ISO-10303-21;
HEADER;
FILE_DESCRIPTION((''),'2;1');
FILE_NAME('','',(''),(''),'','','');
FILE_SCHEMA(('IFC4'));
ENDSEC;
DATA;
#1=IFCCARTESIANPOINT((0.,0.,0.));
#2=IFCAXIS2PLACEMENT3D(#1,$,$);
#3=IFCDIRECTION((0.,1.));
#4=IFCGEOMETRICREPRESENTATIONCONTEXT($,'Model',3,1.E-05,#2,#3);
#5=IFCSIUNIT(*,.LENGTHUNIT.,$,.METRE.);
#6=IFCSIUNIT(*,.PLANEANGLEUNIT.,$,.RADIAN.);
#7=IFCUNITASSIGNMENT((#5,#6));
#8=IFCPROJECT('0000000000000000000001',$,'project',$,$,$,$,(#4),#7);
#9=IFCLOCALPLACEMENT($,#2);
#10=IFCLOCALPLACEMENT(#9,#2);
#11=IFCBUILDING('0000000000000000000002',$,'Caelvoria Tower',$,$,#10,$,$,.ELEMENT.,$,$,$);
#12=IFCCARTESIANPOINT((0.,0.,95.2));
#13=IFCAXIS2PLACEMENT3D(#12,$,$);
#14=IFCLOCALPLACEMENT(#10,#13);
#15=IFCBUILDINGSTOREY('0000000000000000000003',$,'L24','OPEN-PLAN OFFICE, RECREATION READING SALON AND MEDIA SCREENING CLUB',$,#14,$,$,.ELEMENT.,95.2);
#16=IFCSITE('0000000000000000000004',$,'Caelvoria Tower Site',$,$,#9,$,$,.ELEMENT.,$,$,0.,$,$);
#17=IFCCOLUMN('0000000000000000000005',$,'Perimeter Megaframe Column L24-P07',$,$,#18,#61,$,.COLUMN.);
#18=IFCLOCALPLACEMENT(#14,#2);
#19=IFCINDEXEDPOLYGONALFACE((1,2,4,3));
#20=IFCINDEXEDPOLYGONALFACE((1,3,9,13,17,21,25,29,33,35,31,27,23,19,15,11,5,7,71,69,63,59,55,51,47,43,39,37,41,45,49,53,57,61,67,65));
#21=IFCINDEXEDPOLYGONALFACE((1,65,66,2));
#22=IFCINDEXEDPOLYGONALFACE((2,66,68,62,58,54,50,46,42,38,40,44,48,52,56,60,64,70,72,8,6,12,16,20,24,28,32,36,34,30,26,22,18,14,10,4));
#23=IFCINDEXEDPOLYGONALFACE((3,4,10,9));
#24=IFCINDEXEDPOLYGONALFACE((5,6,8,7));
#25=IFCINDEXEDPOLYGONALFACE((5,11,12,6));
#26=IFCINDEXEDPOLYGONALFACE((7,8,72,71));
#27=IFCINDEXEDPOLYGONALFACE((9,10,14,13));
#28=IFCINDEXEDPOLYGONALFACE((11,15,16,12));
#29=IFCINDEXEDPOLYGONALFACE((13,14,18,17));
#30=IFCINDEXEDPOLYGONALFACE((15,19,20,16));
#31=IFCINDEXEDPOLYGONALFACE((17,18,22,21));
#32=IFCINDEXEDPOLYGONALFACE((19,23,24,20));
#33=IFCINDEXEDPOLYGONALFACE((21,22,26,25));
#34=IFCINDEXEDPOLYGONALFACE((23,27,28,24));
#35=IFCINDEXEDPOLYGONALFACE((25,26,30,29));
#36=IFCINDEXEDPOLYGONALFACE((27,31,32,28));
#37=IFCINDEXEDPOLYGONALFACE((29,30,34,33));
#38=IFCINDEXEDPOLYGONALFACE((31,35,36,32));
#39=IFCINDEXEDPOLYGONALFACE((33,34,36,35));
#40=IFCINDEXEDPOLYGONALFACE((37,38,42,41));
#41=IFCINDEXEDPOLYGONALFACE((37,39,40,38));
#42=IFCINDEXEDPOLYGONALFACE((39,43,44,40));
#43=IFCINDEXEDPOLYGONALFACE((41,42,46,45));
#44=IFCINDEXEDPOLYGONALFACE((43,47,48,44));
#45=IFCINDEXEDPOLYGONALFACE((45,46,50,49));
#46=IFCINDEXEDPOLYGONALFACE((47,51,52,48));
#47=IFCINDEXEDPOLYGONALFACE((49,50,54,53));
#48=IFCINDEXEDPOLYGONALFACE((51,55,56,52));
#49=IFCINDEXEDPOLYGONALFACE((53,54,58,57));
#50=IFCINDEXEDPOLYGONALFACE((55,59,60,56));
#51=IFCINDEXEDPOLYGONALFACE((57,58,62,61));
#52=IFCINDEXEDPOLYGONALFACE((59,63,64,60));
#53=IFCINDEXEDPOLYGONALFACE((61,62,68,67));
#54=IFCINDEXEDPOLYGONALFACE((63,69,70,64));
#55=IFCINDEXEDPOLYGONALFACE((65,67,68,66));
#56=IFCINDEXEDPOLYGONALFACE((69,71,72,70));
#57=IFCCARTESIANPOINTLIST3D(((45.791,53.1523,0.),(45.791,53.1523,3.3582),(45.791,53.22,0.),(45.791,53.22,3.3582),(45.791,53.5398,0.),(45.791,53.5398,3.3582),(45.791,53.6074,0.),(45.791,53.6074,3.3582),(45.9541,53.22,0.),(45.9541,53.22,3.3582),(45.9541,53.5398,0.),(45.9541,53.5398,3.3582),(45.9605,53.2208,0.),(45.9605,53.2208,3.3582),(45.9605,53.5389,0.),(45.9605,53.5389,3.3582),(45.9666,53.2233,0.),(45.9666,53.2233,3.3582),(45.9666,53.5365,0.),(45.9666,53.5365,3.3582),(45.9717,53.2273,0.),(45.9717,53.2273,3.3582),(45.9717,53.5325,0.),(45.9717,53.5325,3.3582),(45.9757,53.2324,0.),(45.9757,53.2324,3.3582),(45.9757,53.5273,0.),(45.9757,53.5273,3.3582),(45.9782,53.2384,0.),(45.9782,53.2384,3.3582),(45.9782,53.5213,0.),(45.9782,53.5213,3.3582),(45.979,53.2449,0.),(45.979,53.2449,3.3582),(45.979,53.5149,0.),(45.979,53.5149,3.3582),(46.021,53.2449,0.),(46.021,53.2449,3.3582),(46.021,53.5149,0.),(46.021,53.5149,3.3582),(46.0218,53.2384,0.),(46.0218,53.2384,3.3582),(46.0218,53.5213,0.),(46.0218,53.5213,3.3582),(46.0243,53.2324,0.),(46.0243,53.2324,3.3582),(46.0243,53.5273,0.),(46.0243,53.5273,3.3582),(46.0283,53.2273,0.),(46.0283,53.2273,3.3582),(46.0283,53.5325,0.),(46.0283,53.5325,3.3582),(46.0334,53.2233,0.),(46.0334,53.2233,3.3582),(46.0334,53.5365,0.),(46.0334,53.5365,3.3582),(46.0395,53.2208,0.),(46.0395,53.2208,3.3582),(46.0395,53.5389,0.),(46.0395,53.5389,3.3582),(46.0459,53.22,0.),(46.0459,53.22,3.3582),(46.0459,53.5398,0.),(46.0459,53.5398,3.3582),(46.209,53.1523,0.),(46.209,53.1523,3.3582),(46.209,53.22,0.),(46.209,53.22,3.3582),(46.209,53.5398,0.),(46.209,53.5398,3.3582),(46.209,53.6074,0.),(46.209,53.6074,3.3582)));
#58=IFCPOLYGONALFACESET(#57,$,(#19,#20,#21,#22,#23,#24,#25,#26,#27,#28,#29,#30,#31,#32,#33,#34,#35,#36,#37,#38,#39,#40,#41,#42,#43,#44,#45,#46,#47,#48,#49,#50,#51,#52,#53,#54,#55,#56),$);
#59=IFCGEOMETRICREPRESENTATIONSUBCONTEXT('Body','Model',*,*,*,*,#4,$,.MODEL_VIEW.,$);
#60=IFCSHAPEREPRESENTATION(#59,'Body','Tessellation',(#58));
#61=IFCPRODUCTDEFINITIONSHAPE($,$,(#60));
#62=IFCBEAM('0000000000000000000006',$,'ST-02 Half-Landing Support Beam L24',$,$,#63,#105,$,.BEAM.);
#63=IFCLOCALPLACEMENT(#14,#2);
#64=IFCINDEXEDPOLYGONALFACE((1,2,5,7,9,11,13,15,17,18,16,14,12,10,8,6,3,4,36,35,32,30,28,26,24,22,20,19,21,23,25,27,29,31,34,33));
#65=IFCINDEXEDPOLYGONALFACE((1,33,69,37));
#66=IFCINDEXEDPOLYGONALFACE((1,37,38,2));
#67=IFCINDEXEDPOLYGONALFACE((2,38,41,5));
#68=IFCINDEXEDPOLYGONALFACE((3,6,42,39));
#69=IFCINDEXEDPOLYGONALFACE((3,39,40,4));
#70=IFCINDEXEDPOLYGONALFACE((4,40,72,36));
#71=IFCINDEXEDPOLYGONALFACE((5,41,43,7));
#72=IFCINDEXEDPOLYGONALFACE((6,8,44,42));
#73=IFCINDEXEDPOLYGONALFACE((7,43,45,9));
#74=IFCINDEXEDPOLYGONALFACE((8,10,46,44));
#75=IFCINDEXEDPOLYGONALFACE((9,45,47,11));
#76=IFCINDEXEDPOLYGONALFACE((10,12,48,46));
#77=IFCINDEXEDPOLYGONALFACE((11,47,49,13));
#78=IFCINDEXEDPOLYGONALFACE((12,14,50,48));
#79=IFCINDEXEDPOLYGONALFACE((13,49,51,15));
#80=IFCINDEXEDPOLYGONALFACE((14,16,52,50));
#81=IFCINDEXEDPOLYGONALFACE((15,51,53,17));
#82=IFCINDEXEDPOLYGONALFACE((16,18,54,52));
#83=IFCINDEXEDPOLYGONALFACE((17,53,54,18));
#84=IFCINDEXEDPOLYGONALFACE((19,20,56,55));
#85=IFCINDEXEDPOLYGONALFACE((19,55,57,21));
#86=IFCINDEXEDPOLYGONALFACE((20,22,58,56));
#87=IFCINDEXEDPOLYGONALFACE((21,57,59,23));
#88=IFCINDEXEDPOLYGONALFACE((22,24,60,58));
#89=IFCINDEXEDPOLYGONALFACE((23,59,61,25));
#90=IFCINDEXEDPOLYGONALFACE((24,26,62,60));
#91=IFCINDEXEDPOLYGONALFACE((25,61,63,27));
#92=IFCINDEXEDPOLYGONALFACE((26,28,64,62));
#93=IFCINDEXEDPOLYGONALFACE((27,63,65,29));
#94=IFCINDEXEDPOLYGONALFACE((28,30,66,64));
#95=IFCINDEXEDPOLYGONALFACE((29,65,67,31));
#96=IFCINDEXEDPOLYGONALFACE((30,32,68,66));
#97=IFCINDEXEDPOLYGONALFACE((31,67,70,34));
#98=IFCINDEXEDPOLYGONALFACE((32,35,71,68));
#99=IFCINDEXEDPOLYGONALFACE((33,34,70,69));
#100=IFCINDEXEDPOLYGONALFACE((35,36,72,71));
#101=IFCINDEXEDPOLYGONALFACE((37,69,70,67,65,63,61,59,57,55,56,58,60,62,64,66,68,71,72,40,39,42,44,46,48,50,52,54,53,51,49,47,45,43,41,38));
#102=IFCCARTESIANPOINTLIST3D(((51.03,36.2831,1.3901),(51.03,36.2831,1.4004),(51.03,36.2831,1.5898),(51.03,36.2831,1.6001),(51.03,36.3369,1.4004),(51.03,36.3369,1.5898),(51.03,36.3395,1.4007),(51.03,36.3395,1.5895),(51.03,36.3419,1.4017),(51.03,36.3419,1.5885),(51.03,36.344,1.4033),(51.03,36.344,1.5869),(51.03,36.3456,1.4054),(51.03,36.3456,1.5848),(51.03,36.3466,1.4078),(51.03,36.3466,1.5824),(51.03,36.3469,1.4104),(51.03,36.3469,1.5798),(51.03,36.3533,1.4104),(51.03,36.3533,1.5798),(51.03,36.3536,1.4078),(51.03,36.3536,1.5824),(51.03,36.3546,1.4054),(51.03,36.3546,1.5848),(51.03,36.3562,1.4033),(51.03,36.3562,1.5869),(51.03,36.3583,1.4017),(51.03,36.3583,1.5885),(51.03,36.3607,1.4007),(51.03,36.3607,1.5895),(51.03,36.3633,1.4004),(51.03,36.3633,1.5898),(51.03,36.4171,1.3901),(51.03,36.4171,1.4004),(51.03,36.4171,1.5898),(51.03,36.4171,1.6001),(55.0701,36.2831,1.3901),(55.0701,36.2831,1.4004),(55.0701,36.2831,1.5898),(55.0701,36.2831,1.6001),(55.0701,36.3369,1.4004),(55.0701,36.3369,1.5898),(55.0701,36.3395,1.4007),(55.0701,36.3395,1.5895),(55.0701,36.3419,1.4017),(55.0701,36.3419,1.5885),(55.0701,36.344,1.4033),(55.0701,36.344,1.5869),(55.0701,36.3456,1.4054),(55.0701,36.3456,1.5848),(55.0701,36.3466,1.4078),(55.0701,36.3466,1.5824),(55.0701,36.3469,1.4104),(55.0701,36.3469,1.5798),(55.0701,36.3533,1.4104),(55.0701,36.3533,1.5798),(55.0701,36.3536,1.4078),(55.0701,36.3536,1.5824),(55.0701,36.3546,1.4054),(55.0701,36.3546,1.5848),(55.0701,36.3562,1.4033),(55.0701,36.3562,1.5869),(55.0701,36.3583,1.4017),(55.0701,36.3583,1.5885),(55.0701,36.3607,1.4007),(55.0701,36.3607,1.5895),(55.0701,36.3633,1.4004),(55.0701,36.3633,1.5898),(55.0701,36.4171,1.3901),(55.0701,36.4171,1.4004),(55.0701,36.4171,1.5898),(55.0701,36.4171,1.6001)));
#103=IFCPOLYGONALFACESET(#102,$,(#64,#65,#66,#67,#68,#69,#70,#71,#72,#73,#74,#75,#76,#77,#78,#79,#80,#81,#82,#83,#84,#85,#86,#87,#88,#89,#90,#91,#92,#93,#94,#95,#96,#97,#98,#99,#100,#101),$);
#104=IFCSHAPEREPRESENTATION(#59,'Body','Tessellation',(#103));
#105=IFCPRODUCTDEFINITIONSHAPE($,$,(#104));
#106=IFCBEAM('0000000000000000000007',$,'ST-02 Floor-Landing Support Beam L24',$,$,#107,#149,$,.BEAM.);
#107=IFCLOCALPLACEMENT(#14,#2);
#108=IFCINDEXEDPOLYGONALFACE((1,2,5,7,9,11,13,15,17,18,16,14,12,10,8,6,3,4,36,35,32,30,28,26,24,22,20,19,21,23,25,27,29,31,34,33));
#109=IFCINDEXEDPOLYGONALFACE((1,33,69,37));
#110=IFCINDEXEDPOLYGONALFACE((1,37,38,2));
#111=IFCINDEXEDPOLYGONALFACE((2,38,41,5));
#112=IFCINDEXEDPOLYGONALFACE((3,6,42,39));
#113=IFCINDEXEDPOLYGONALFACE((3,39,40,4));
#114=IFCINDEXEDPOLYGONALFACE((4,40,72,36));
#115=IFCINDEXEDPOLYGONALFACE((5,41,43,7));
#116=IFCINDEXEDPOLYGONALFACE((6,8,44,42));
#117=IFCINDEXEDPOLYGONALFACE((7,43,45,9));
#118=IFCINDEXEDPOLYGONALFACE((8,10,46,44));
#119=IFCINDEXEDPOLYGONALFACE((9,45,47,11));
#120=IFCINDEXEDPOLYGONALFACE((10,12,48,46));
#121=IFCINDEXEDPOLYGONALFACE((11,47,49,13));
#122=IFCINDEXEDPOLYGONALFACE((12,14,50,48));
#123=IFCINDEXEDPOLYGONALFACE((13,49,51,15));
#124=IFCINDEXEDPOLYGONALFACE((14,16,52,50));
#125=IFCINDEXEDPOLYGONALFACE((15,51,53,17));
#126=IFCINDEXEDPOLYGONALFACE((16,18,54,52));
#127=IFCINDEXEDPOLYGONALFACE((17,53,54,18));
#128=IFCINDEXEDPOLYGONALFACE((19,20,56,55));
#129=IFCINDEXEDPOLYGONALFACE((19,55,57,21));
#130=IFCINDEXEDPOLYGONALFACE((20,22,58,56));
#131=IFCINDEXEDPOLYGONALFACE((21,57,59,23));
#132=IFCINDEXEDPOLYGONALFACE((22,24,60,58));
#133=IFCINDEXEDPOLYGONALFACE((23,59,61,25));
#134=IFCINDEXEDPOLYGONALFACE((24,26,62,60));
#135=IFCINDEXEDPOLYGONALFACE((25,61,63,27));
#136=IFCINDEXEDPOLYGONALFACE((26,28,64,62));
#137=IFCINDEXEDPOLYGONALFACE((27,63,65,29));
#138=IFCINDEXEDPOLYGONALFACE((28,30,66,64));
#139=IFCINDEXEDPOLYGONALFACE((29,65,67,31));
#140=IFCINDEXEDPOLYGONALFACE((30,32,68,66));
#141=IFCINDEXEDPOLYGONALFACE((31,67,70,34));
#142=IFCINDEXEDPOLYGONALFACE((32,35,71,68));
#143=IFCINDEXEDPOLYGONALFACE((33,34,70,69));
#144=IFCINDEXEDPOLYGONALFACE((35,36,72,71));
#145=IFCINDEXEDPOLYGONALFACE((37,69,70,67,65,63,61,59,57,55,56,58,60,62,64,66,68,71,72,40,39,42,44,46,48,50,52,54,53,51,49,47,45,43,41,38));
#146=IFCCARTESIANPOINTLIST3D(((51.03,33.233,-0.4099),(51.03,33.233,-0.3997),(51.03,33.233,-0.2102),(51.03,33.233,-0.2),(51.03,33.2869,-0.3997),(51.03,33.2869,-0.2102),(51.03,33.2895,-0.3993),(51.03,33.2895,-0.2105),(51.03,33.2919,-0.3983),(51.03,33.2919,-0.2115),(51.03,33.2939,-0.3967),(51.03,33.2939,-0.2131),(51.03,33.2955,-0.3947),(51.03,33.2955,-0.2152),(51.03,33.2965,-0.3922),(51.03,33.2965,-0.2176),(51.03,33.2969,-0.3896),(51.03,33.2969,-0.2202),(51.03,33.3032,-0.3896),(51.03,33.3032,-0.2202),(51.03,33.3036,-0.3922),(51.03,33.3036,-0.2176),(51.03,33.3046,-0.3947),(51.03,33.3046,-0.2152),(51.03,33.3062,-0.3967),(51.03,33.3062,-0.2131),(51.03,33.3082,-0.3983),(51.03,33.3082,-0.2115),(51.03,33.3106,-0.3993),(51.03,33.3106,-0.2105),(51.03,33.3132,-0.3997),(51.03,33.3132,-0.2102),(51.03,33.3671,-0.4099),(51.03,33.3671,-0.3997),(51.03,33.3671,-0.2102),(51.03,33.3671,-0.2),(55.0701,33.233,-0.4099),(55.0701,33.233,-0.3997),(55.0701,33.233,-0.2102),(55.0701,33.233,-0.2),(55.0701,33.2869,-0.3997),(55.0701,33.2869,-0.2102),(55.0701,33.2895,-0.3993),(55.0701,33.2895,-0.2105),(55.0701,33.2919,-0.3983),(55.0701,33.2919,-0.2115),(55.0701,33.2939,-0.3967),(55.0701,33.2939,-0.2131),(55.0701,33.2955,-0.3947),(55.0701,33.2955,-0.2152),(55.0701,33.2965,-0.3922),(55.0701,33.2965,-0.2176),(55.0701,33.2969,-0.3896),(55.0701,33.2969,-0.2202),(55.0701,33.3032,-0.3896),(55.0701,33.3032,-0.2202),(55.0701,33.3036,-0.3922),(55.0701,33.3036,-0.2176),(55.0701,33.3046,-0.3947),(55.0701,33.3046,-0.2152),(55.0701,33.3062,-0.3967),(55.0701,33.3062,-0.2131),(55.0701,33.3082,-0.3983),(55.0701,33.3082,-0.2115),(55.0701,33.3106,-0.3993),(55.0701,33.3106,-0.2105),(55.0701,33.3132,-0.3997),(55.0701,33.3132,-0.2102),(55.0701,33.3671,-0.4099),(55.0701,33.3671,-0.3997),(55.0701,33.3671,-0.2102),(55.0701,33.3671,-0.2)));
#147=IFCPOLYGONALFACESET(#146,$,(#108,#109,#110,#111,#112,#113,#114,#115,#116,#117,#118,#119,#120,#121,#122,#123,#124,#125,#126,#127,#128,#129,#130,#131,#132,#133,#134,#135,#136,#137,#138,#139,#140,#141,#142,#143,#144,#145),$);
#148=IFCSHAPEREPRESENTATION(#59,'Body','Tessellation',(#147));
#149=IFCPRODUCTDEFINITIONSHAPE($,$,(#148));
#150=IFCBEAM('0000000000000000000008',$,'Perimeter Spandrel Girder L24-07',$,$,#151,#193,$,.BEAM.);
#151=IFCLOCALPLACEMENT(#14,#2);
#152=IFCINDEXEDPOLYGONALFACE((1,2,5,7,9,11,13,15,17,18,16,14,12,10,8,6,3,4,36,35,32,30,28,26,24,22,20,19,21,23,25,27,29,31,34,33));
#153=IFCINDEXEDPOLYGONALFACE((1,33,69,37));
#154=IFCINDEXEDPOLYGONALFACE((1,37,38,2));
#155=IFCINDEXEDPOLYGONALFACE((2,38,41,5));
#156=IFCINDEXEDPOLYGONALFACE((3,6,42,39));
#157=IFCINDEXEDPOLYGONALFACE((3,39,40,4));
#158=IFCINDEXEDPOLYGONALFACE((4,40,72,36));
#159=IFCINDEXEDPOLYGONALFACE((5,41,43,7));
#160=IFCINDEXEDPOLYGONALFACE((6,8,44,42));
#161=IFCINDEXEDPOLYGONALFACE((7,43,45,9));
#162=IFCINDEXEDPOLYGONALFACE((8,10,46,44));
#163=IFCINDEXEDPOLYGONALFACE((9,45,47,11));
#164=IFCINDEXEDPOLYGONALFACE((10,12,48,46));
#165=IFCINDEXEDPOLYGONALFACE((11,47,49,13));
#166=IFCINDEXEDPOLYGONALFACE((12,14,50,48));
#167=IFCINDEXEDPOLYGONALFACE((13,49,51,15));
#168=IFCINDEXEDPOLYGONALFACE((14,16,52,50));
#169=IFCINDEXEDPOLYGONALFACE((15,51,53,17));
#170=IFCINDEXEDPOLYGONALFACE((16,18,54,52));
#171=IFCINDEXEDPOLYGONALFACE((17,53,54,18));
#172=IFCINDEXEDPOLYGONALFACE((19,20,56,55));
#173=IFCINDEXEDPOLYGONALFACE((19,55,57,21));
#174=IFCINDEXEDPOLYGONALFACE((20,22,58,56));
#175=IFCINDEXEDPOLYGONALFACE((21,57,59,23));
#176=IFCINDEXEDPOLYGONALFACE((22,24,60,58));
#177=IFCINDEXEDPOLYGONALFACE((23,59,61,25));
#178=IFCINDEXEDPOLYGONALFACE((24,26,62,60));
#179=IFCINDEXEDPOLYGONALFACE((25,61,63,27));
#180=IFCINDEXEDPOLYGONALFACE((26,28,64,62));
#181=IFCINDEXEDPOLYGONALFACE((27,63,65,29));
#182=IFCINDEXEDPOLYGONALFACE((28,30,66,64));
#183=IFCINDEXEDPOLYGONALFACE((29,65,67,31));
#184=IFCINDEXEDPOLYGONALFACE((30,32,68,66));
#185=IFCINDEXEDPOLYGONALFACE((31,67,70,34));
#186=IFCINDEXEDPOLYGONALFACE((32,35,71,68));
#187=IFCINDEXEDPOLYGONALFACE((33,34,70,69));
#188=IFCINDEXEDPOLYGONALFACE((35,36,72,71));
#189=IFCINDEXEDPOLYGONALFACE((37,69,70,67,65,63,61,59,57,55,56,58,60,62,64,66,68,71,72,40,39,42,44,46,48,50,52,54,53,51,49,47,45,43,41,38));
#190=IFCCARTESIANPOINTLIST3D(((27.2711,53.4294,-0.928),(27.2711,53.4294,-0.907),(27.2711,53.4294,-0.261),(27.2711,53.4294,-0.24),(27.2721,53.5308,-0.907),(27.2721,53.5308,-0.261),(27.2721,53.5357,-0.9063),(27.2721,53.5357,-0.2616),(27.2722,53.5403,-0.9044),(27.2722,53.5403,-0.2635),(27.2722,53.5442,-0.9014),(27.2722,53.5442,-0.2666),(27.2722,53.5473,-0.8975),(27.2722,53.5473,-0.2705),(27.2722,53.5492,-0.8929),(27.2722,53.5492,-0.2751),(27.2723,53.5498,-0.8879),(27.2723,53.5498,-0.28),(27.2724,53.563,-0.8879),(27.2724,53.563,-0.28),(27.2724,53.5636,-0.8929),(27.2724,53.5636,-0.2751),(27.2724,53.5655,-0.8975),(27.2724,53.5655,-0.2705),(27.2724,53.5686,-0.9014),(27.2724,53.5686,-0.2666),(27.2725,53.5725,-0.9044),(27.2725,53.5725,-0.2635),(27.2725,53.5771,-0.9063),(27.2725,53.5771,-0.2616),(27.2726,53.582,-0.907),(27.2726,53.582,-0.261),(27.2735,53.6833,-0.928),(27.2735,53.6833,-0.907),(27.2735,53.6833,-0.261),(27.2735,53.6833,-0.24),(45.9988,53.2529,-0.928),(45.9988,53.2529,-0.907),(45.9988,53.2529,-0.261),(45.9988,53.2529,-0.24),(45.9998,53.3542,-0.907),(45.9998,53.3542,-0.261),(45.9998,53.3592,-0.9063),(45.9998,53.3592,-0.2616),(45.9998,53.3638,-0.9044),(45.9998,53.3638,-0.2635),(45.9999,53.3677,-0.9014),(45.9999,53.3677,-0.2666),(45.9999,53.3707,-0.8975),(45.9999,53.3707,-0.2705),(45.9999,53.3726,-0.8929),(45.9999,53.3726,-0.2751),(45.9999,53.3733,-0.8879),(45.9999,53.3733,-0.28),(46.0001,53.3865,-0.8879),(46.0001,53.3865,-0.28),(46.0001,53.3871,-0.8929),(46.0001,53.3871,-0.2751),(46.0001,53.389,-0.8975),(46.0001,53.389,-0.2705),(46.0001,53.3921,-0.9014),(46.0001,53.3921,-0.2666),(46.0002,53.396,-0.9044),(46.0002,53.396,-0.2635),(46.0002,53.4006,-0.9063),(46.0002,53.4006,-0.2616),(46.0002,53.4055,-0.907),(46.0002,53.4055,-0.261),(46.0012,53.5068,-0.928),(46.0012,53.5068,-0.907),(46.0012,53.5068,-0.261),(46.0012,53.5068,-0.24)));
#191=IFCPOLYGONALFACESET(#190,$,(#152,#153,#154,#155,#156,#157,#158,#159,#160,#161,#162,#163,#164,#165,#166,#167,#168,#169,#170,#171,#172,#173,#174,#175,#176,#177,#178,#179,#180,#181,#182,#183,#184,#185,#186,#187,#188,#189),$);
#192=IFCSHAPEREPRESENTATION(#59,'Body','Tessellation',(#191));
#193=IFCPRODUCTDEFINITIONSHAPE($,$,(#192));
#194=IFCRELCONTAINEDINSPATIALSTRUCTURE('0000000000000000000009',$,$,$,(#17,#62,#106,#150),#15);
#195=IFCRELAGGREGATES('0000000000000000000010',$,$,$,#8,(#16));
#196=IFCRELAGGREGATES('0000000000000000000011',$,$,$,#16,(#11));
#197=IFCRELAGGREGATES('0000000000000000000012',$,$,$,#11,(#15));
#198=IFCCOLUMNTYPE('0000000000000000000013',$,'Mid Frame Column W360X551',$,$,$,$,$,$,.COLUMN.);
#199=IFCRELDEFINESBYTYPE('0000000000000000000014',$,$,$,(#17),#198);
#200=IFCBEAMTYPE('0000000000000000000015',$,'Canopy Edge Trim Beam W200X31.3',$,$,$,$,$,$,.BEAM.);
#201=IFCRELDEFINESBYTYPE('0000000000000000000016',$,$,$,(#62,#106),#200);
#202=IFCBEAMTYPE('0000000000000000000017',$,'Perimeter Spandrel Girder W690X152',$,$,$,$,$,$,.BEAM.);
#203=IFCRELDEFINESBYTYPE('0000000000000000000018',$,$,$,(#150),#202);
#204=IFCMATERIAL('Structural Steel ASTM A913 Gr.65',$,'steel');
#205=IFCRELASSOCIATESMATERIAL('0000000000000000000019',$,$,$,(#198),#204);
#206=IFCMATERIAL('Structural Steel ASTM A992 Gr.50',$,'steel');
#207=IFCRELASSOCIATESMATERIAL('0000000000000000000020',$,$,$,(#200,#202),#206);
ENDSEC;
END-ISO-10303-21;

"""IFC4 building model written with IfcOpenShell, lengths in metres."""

from ifc_helpers import new_model, si_unit, direction, frame, origin, origin_2d, place, context, subcontext, project, spatial, i_section, extrude, material, material_profile, profile_set, type_object, element, save


model = new_model("IFC4")

# Units and contexts
model_context = context("Model", 3, precision=1e-05, world=origin(), true_north=direction((0.0, 1.0)))
body_context = subcontext(model_context, "Body", "Model", "MODEL_VIEW")
ifc_project = project(units=[si_unit("LENGTHUNIT", "METRE"), si_unit("PLANEANGLEUNIT", "RADIAN")], contexts=[model_context])

# Site, building, storey
site_placement = place(None, origin())
site = spatial("IfcSite", under=ifc_project, at=site_placement, Name="Caelvoria Tower Site", CompositionType="ELEMENT", RefElevation=0.0)
building_placement = place(site_placement, origin())
building = spatial("IfcBuilding", under=site, at=building_placement, Name="Caelvoria Tower", CompositionType="ELEMENT")
storey_placement = place(building_placement, frame((0.0, 0.0, 95.2)))
storey = spatial("IfcBuildingStorey", under=building, at=storey_placement, Name="L24", Description="OPEN-PLAN OFFICE, RECREATION READING SALON AND MEDIA SCREENING CLUB", CompositionType="ELEMENT", Elevation=95.2)

# Column
ifc_material_1 = material(Name="Structural Steel ASTM A913 Gr.65", Category="steel")
ifc_material_profile_1 = material_profile(ifc_material_1, i_section(OverallWidth=0.418, OverallDepth=0.4551, WebThickness=0.042, FlangeThickness=0.0676, FilletRadius=0.0249, at=origin_2d()), Name="Structural Steel ASTM A913 Gr.65")
ifc_profile_set_1 = profile_set([ifc_material_profile_1], Name="W360X551 - Structural Steel ASTM A913 Gr.65")
column_type = type_object("IfcColumnType", Name="Mid Frame Column W360X551", PredefinedType="COLUMN", material=ifc_profile_set_1)
column_placement = place(storey_placement, frame((46.0, 53.3799, 0.0), z_axis=(0.0, 0.0, 1.0), x_axis=(1.0, 0.0, 0.0)))
element("IfcColumn", 1, at=column_placement, inside=storey, type_object=column_type, Name="Perimeter Megaframe Column L24-P07", PredefinedType="COLUMN", context=body_context, shape_type="SweptSolid", body=[
    extrude(i_section(OverallWidth=0.418, OverallDepth=0.4551, WebThickness=0.042, FlangeThickness=0.0676, FilletRadius=0.0249, at=origin_2d()), origin(), (0.0, 0.0, 1.0), 3.3582),
])

# Beams
ifc_material_2 = material(Name="Structural Steel ASTM A992 Gr.50", Category="steel")
ifc_material_profile_2 = material_profile(ifc_material_2, i_section(OverallWidth=0.134, OverallDepth=0.21, WebThickness=0.0063, FlangeThickness=0.0103, FilletRadius=0.01, at=origin_2d()), Name="Structural Steel ASTM A992 Gr.50")
ifc_profile_set_2 = profile_set([ifc_material_profile_2], Name="W200X31.3 - Structural Steel ASTM A992 Gr.50")
beam_type_1 = type_object("IfcBeamType", Name="Canopy Edge Trim Beam W200X31.3", PredefinedType="BEAM", material=ifc_profile_set_2)
for number, where, z_axis, x_axis, name in (
    (2, (51.03, 36.3501, 1.4951), (1.0, 0.0, 0.0), (0.0, 1.0, 0.0), "ST-02 Half-Landing Support Beam L24"),
    (3, (51.03, 33.3, -0.3049), (1.0, 0.0, 0.0), (0.0, 1.0, 0.0), "ST-02 Floor-Landing Support Beam L24"),
):
    element("IfcBeam", number, at=place(storey_placement, frame(where, z_axis=z_axis, x_axis=x_axis)), inside=storey, type_object=beam_type_1, Name=name, PredefinedType="BEAM", context=body_context, shape_type="SweptSolid", body=[
        extrude(i_section(OverallWidth=0.134, OverallDepth=0.21, WebThickness=0.0063, FlangeThickness=0.0103, FilletRadius=0.01, at=origin_2d()), origin(), (0.0, 0.0, 1.0), 4.04),
    ])
ifc_material_profile_3 = material_profile(ifc_material_2, i_section(OverallWidth=0.2539, OverallDepth=0.688, WebThickness=0.0132, FlangeThickness=0.021, FilletRadius=0.019, at=origin_2d()), Name="Structural Steel ASTM A992 Gr.50")
ifc_profile_set_3 = profile_set([ifc_material_profile_3], Name="W690X152 - Structural Steel ASTM A992 Gr.50")
beam_type_2 = type_object("IfcBeamType", Name="Perimeter Spandrel Girder W690X152", PredefinedType="BEAM", material=ifc_profile_set_3)
beam_1_placement = place(storey_placement, frame((46.0, 53.3799, -0.584), z_axis=(-0.999956, 0.009425, 0.0), x_axis=(-0.009425, -0.999956, 0.0)))
element("IfcBeam", 4, at=beam_1_placement, inside=storey, type_object=beam_type_2, Name="Perimeter Spandrel Girder L24-07", PredefinedType="BEAM", context=body_context, shape_type="SweptSolid", body=[
    extrude(i_section(OverallWidth=0.2539, OverallDepth=0.688, WebThickness=0.0132, FlangeThickness=0.021, FilletRadius=0.019, at=origin_2d()), origin(), (0.0, 0.0, 1.0), 18.7285),
])

save(model, "model.ifc")
